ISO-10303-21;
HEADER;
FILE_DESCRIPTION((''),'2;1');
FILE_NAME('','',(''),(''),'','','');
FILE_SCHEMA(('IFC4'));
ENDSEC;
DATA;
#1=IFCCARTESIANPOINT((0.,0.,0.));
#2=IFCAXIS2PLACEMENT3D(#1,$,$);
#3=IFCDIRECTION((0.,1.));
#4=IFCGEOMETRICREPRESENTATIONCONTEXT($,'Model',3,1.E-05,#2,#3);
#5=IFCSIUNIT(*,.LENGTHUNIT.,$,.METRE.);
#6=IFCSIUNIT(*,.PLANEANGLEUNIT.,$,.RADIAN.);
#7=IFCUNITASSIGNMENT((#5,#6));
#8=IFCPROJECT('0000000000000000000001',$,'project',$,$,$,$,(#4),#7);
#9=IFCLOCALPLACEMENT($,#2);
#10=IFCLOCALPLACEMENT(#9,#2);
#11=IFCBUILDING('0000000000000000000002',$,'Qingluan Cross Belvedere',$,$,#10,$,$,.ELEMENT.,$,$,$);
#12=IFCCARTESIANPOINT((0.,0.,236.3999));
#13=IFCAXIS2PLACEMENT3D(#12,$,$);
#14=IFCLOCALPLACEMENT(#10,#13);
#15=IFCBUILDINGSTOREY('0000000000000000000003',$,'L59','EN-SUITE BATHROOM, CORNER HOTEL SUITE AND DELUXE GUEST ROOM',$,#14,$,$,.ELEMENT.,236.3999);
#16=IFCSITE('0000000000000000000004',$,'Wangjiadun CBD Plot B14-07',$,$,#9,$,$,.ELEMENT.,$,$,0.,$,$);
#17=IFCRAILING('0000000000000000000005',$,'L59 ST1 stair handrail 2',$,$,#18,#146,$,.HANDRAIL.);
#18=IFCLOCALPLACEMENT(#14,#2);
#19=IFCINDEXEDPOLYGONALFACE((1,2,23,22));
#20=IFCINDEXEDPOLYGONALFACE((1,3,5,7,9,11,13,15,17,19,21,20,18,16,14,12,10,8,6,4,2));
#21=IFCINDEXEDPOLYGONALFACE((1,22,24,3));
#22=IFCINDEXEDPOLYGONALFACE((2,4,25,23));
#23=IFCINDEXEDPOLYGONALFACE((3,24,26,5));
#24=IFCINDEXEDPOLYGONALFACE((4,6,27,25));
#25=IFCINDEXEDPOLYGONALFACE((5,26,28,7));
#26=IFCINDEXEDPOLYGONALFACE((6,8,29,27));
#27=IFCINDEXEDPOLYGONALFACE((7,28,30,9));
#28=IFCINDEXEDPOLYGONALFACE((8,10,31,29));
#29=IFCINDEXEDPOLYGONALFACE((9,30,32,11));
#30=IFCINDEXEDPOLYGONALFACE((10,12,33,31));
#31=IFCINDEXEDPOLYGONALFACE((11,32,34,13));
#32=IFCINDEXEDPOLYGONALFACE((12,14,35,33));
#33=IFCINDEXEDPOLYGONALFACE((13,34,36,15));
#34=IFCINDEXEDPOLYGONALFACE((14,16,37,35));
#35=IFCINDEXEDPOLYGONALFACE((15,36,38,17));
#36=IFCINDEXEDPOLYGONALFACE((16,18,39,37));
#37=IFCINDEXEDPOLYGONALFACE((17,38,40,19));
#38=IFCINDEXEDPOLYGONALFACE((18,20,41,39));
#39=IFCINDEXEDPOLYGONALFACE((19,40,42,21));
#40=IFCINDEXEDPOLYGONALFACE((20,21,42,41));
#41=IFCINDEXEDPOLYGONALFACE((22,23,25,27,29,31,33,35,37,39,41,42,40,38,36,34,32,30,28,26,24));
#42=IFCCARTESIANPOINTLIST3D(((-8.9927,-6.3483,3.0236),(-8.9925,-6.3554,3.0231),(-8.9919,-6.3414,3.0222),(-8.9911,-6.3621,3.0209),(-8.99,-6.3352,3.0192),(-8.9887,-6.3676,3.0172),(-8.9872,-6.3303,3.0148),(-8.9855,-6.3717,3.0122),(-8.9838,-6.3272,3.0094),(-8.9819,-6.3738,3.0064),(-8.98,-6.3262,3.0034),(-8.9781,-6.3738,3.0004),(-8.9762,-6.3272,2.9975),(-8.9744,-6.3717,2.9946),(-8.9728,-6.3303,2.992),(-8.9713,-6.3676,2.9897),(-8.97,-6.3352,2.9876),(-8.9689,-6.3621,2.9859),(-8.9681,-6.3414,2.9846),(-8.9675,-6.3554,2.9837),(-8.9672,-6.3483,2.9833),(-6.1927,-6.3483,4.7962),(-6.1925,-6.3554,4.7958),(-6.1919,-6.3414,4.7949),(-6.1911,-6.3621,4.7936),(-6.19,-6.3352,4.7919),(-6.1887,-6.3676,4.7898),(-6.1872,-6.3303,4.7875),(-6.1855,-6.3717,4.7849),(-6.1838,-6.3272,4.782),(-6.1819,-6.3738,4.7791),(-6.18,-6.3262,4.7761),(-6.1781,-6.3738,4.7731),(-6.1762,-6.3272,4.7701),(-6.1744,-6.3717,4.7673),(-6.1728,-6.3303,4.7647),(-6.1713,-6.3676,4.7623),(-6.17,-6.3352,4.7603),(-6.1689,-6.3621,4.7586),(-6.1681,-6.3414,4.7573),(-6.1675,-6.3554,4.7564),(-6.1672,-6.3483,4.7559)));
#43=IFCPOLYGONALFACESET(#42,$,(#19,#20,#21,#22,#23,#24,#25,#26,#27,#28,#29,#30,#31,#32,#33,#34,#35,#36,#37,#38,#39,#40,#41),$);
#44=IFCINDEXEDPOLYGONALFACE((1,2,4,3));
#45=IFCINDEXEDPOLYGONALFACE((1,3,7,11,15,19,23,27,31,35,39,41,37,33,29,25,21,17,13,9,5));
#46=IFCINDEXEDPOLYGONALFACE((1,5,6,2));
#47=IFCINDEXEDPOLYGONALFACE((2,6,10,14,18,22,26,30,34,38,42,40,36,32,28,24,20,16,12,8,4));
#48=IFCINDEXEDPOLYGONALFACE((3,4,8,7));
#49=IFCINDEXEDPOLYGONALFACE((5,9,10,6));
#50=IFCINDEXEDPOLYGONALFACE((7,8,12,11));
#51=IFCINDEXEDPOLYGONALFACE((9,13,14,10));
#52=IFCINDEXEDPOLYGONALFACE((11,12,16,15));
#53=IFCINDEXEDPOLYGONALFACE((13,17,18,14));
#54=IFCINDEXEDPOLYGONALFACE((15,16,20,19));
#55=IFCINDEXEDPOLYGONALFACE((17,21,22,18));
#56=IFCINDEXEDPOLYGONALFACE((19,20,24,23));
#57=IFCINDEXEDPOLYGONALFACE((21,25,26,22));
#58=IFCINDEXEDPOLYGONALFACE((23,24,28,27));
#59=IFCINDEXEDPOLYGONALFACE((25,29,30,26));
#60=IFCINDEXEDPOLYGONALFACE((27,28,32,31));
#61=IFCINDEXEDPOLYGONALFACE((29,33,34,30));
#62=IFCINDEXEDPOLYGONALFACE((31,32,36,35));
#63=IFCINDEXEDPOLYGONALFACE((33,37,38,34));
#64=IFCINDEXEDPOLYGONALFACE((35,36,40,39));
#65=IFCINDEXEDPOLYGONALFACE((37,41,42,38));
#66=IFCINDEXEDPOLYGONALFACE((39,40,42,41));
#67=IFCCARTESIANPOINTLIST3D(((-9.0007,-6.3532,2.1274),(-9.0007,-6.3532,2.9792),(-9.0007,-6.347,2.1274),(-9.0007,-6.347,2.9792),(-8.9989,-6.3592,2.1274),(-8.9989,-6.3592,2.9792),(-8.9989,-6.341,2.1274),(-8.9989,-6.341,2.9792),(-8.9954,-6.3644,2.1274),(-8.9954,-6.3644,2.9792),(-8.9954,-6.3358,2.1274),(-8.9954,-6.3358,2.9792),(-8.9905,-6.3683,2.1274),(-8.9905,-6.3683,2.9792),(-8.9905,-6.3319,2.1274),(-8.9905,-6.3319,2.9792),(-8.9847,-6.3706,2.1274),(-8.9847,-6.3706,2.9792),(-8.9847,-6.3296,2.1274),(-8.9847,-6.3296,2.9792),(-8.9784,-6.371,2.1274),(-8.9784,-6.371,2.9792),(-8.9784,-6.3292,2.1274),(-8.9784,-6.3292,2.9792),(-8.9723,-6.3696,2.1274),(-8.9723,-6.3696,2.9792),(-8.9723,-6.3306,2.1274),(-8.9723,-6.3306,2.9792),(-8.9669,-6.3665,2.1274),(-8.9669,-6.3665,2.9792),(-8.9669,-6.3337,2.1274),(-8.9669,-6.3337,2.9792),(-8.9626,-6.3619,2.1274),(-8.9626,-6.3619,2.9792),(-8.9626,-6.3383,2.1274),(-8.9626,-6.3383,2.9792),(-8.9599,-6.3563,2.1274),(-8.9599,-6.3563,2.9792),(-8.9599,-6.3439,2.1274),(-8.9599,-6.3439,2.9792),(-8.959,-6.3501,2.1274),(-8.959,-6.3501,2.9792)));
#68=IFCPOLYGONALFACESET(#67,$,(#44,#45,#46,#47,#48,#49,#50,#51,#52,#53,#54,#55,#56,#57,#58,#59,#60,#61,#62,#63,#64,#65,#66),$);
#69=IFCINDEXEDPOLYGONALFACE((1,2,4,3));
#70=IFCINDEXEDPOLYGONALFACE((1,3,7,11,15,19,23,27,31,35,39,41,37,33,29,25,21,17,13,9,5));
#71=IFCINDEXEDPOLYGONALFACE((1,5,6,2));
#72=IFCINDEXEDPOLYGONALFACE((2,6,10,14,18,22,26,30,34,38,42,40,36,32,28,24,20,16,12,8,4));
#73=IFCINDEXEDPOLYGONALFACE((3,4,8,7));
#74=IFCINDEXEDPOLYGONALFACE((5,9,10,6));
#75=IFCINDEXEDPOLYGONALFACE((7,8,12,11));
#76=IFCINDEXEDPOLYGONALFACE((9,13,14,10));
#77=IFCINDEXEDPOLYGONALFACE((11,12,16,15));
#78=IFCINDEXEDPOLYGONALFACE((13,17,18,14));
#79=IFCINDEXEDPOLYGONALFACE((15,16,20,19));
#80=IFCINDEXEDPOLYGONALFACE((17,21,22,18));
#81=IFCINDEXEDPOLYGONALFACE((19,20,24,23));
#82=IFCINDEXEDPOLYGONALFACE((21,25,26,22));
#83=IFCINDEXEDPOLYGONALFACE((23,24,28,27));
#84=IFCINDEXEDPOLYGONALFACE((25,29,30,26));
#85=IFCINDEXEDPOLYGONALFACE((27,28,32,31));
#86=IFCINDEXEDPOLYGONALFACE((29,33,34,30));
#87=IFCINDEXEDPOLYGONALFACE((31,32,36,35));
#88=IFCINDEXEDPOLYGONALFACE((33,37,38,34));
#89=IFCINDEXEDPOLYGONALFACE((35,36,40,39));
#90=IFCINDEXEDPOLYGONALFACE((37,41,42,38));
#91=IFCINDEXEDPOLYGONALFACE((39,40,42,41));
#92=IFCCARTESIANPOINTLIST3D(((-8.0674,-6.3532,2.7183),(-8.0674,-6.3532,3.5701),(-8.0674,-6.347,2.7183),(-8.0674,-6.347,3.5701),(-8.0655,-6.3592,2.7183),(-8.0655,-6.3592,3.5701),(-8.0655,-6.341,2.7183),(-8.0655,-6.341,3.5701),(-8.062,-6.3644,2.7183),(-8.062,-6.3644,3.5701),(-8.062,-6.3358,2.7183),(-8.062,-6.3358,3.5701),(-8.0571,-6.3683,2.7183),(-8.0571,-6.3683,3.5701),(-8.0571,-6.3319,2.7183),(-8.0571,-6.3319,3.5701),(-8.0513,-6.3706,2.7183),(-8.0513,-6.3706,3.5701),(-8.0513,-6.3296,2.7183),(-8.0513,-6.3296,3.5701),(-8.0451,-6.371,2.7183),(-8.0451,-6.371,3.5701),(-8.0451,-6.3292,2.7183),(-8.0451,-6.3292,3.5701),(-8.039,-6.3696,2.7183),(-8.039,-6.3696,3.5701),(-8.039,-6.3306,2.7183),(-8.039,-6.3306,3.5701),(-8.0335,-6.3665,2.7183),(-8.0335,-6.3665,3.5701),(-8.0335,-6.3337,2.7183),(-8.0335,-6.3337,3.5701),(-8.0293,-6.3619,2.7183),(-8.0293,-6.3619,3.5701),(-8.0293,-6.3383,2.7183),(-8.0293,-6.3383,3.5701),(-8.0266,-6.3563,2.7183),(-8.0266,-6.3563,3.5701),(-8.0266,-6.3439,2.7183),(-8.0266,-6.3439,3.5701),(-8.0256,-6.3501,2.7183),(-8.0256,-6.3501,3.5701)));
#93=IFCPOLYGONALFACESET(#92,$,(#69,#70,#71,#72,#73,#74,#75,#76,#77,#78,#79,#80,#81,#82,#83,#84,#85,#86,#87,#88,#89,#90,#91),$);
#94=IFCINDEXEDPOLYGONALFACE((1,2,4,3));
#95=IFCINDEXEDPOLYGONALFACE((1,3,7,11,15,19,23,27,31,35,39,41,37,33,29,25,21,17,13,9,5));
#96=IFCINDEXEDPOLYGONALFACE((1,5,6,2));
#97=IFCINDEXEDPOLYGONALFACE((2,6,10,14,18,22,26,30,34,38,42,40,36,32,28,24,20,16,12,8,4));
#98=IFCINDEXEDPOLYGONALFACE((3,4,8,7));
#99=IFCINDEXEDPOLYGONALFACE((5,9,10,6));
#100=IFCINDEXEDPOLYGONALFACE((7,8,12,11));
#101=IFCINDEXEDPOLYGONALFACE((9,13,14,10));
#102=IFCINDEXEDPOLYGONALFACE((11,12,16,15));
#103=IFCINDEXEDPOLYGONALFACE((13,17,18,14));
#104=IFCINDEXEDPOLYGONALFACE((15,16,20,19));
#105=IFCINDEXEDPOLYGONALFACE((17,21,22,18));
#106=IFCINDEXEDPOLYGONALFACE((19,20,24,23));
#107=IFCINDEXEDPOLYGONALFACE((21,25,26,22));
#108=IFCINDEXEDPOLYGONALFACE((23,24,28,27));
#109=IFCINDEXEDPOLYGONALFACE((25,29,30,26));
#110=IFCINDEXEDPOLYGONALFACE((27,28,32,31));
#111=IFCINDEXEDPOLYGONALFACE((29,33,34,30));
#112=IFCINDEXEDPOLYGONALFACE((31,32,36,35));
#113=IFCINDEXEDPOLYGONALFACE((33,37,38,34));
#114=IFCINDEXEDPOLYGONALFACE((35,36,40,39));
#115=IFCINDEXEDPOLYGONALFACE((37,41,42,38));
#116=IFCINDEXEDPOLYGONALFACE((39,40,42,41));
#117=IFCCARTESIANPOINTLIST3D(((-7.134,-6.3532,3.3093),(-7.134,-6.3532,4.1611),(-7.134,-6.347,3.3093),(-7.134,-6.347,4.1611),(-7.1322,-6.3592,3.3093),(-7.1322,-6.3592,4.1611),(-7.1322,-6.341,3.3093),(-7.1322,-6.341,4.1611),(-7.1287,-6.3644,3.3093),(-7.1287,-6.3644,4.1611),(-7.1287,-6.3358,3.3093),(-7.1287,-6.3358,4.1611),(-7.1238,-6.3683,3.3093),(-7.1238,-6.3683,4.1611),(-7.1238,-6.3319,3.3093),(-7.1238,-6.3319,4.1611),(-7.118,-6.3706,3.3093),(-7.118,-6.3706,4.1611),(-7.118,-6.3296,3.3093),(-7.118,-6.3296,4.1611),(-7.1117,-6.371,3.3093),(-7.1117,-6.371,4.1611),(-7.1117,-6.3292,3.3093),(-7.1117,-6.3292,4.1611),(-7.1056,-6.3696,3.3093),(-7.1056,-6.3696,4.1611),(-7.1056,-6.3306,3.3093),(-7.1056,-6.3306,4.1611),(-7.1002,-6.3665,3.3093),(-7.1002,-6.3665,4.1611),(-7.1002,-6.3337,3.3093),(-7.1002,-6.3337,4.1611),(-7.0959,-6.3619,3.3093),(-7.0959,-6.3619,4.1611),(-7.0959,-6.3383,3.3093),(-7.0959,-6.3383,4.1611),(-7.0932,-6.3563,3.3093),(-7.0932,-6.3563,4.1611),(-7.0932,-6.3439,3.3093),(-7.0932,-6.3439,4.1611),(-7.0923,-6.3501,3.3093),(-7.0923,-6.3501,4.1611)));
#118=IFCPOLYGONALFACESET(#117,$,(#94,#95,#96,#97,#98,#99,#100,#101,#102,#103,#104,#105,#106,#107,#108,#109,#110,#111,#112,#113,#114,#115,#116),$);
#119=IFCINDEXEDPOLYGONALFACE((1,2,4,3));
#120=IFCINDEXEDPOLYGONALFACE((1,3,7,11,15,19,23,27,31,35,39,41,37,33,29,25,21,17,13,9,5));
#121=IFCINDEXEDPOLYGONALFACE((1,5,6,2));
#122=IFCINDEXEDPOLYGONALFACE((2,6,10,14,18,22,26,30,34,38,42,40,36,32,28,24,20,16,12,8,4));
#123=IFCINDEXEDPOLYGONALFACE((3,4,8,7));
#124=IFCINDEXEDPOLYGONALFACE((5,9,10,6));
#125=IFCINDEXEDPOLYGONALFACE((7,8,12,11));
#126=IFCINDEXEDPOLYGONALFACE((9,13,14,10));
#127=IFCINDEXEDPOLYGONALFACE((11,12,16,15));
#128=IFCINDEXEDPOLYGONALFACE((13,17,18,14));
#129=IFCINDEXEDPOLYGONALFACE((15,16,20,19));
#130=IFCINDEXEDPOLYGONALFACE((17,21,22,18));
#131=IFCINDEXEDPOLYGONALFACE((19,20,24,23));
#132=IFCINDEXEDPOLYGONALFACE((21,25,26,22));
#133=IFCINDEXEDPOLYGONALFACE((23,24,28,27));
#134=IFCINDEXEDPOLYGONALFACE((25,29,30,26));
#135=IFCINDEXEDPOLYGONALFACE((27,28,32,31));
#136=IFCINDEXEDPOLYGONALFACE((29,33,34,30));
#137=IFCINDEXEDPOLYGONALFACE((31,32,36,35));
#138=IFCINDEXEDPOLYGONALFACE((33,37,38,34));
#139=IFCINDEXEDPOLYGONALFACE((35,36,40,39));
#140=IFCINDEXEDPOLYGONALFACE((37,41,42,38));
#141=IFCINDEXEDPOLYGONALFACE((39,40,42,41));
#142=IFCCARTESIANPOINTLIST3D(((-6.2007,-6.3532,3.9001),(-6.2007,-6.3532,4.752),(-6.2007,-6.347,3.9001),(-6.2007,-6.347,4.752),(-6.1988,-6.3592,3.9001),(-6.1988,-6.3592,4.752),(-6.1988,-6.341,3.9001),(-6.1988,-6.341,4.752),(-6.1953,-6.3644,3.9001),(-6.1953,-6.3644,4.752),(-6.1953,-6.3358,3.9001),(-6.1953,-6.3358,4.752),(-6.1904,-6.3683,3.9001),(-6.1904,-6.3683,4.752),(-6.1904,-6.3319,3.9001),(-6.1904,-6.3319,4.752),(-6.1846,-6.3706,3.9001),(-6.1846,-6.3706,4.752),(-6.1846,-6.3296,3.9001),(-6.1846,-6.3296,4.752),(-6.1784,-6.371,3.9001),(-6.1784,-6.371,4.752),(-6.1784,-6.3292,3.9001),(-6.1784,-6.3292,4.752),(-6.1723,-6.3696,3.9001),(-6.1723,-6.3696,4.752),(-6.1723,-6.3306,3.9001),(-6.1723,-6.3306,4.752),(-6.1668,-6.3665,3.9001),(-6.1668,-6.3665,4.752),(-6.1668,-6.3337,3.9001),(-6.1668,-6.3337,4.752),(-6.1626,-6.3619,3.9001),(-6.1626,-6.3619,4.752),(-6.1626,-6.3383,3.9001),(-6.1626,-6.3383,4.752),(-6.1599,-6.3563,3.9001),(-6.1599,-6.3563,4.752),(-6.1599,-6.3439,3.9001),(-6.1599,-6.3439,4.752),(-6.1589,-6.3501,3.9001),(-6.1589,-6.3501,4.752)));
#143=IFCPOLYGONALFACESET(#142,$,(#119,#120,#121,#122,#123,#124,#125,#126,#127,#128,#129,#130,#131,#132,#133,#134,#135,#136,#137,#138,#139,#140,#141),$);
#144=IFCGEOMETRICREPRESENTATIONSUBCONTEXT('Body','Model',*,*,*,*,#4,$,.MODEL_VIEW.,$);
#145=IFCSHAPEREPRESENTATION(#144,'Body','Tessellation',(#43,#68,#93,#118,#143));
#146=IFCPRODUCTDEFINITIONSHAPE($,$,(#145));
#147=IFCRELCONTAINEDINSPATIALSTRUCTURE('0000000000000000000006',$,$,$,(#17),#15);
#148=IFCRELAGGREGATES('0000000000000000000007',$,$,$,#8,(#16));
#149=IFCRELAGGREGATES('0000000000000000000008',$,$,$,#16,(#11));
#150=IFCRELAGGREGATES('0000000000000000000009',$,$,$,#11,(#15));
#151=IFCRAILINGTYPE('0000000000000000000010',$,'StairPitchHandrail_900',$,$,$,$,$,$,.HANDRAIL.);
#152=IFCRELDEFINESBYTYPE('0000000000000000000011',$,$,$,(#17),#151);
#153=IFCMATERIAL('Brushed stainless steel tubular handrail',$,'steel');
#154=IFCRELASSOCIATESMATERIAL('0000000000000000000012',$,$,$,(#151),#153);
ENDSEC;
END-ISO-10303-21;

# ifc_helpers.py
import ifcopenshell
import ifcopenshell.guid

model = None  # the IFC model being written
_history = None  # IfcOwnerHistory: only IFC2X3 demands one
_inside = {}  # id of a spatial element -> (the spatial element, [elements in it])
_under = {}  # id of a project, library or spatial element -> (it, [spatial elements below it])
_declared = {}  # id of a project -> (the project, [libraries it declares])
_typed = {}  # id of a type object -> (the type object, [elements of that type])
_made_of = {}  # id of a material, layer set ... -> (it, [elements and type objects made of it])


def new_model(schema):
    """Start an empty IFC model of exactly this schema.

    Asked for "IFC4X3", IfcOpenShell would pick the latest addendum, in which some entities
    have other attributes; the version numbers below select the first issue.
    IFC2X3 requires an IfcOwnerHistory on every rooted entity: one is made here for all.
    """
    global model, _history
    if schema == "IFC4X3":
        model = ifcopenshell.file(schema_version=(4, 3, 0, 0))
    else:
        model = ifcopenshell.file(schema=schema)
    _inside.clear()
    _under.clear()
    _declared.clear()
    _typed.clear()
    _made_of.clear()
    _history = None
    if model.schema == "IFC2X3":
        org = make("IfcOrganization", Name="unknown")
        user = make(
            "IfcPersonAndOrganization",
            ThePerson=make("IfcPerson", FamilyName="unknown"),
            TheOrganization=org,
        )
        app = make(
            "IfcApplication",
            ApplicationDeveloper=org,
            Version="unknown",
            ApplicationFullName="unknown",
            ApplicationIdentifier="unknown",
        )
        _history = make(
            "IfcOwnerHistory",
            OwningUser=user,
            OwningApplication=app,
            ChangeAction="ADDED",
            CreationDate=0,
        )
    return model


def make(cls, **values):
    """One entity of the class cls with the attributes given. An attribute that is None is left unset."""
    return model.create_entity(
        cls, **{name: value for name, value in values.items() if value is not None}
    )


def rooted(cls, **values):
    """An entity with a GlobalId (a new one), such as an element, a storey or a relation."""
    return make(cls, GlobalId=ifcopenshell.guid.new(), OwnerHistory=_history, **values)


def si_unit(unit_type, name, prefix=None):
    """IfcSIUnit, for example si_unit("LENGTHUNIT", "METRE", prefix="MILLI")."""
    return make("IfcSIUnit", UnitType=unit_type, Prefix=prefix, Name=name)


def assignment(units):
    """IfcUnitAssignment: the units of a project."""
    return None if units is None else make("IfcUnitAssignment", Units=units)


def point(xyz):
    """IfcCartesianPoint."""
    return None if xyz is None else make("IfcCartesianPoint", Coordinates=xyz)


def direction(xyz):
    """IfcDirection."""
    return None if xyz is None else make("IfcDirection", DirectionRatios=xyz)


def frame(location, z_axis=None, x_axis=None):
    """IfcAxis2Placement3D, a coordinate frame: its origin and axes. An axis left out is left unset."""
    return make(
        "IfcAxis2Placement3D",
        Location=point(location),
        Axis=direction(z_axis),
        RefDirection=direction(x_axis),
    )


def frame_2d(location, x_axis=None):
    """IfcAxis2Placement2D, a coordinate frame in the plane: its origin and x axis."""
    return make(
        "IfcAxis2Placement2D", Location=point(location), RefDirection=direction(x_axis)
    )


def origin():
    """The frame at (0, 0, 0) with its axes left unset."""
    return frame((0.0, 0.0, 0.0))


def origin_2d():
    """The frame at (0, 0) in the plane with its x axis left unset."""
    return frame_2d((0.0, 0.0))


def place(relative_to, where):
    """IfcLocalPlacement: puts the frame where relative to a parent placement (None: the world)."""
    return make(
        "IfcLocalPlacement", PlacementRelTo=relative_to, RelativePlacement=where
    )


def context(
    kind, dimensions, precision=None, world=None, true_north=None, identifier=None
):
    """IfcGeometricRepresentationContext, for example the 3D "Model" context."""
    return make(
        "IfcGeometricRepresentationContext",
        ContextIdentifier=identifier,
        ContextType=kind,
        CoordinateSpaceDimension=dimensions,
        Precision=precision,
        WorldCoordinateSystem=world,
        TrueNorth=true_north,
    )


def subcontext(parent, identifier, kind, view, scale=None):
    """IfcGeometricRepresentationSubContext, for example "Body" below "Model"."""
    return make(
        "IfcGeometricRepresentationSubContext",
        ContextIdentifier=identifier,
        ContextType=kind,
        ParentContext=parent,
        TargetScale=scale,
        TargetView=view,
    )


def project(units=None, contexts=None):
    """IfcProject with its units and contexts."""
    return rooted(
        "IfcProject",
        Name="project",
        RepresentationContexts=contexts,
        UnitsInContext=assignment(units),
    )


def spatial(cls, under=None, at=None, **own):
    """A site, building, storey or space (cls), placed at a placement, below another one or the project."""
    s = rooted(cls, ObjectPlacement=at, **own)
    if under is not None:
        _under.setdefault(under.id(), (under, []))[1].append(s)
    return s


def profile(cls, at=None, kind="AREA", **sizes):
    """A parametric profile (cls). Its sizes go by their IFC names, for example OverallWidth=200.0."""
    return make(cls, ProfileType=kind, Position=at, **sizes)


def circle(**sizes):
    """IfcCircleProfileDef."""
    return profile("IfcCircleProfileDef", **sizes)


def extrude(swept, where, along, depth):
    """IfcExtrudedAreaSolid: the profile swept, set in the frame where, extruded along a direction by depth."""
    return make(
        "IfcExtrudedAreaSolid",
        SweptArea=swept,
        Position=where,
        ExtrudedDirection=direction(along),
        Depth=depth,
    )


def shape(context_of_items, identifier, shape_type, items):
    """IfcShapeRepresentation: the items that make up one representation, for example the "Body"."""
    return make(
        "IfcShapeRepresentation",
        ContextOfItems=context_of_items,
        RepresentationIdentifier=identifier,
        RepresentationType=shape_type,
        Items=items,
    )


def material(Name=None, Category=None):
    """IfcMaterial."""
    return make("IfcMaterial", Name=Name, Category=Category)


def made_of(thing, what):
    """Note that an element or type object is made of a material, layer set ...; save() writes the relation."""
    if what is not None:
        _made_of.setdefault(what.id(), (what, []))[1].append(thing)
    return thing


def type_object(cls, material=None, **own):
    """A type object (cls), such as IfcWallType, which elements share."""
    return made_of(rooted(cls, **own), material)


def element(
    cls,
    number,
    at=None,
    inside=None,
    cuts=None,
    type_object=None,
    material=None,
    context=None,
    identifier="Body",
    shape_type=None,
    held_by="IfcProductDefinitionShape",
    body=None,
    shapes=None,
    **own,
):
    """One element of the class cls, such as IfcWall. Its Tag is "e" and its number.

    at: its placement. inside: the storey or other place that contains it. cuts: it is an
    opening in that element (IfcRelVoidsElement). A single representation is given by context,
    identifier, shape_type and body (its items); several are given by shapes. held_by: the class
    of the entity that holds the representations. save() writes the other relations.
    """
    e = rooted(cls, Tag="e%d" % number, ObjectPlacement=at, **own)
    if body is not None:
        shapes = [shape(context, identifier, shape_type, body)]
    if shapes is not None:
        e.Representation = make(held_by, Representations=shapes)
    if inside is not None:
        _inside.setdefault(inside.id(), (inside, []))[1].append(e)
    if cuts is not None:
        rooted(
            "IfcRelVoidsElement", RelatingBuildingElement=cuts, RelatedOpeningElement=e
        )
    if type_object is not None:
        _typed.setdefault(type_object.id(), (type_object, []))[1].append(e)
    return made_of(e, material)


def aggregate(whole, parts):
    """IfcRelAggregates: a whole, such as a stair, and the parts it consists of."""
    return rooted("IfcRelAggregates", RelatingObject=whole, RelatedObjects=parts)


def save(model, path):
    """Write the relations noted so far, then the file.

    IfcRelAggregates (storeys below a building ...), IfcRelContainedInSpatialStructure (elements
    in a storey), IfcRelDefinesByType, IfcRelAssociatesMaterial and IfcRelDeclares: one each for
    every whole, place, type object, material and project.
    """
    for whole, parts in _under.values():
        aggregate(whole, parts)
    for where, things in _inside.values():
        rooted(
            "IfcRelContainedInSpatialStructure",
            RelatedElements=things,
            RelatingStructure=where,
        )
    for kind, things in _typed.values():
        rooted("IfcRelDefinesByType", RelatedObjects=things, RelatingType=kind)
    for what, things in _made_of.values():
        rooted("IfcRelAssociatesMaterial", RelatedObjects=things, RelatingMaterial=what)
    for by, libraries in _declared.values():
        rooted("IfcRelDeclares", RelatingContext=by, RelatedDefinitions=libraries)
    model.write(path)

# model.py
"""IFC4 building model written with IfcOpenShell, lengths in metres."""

from ifc_helpers import new_model, si_unit, direction, frame, origin, origin_2d, place, context, subcontext, project, spatial, circle, extrude, material, type_object, element, save


model = new_model("IFC4")

# Units and contexts
model_context = context("Model", 3, precision=1e-05, world=origin(), true_north=direction((0.0, 1.0)))
body_context = subcontext(model_context, "Body", "Model", "MODEL_VIEW")
ifc_project = project(units=[si_unit("LENGTHUNIT", "METRE"), si_unit("PLANEANGLEUNIT", "RADIAN")], contexts=[model_context])

# Site, building, storey
site_placement = place(None, origin())
site = spatial("IfcSite", under=ifc_project, at=site_placement, Name="Wangjiadun CBD Plot B14-07", CompositionType="ELEMENT", RefElevation=0.0)
building_placement = place(site_placement, origin())
building = spatial("IfcBuilding", under=site, at=building_placement, Name="Qingluan Cross Belvedere", CompositionType="ELEMENT")
storey_placement = place(building_placement, frame((0.0, 0.0, 236.3999)))
storey = spatial("IfcBuildingStorey", under=building, at=storey_placement, Name="L59", Description="EN-SUITE BATHROOM, CORNER HOTEL SUITE AND DELUXE GUEST ROOM", CompositionType="ELEMENT", Elevation=236.3999)

# Railing
ifc_material_1 = material(Name="Brushed stainless steel tubular handrail", Category="steel")
railing_type_1 = type_object("IfcRailingType", Name="StairPitchHandrail_900", PredefinedType="HANDRAIL", material=ifc_material_1)
railing_1_placement = place(storey_placement, frame((-8.98, -6.3501, 2.1274)))
element("IfcRailing", 1, at=railing_1_placement, inside=storey, type_object=railing_type_1, Name="L59 ST1 stair handrail 2", PredefinedType="HANDRAIL", context=body_context, shape_type="SweptSolid", body=[
    extrude(circle(Radius=0.0239, at=origin_2d()), frame((0.0, 0.0, 0.876), z_axis=(0.844909, 0.0, 0.53491), x_axis=(0.0, 1.0, 0.0)), (0.0, 0.0, 1.0), 3.314),
    extrude(circle(Radius=0.021, at=origin_2d()), origin(), (0.0, 0.0, 1.0), 0.8518),
    extrude(circle(Radius=0.021, at=origin_2d()), frame((0.9333, 0.0, 0.5908)), (0.0, 0.0, 1.0), 0.8518),
    extrude(circle(Radius=0.021, at=origin_2d()), frame((1.8667, 0.0, 1.1819)), (0.0, 0.0, 1.0), 0.8518),
    extrude(circle(Radius=0.021, at=origin_2d()), frame((2.8, 0.0, 1.7727)), (0.0, 0.0, 1.0), 0.8518),
])

save(model, "model.ifc")
